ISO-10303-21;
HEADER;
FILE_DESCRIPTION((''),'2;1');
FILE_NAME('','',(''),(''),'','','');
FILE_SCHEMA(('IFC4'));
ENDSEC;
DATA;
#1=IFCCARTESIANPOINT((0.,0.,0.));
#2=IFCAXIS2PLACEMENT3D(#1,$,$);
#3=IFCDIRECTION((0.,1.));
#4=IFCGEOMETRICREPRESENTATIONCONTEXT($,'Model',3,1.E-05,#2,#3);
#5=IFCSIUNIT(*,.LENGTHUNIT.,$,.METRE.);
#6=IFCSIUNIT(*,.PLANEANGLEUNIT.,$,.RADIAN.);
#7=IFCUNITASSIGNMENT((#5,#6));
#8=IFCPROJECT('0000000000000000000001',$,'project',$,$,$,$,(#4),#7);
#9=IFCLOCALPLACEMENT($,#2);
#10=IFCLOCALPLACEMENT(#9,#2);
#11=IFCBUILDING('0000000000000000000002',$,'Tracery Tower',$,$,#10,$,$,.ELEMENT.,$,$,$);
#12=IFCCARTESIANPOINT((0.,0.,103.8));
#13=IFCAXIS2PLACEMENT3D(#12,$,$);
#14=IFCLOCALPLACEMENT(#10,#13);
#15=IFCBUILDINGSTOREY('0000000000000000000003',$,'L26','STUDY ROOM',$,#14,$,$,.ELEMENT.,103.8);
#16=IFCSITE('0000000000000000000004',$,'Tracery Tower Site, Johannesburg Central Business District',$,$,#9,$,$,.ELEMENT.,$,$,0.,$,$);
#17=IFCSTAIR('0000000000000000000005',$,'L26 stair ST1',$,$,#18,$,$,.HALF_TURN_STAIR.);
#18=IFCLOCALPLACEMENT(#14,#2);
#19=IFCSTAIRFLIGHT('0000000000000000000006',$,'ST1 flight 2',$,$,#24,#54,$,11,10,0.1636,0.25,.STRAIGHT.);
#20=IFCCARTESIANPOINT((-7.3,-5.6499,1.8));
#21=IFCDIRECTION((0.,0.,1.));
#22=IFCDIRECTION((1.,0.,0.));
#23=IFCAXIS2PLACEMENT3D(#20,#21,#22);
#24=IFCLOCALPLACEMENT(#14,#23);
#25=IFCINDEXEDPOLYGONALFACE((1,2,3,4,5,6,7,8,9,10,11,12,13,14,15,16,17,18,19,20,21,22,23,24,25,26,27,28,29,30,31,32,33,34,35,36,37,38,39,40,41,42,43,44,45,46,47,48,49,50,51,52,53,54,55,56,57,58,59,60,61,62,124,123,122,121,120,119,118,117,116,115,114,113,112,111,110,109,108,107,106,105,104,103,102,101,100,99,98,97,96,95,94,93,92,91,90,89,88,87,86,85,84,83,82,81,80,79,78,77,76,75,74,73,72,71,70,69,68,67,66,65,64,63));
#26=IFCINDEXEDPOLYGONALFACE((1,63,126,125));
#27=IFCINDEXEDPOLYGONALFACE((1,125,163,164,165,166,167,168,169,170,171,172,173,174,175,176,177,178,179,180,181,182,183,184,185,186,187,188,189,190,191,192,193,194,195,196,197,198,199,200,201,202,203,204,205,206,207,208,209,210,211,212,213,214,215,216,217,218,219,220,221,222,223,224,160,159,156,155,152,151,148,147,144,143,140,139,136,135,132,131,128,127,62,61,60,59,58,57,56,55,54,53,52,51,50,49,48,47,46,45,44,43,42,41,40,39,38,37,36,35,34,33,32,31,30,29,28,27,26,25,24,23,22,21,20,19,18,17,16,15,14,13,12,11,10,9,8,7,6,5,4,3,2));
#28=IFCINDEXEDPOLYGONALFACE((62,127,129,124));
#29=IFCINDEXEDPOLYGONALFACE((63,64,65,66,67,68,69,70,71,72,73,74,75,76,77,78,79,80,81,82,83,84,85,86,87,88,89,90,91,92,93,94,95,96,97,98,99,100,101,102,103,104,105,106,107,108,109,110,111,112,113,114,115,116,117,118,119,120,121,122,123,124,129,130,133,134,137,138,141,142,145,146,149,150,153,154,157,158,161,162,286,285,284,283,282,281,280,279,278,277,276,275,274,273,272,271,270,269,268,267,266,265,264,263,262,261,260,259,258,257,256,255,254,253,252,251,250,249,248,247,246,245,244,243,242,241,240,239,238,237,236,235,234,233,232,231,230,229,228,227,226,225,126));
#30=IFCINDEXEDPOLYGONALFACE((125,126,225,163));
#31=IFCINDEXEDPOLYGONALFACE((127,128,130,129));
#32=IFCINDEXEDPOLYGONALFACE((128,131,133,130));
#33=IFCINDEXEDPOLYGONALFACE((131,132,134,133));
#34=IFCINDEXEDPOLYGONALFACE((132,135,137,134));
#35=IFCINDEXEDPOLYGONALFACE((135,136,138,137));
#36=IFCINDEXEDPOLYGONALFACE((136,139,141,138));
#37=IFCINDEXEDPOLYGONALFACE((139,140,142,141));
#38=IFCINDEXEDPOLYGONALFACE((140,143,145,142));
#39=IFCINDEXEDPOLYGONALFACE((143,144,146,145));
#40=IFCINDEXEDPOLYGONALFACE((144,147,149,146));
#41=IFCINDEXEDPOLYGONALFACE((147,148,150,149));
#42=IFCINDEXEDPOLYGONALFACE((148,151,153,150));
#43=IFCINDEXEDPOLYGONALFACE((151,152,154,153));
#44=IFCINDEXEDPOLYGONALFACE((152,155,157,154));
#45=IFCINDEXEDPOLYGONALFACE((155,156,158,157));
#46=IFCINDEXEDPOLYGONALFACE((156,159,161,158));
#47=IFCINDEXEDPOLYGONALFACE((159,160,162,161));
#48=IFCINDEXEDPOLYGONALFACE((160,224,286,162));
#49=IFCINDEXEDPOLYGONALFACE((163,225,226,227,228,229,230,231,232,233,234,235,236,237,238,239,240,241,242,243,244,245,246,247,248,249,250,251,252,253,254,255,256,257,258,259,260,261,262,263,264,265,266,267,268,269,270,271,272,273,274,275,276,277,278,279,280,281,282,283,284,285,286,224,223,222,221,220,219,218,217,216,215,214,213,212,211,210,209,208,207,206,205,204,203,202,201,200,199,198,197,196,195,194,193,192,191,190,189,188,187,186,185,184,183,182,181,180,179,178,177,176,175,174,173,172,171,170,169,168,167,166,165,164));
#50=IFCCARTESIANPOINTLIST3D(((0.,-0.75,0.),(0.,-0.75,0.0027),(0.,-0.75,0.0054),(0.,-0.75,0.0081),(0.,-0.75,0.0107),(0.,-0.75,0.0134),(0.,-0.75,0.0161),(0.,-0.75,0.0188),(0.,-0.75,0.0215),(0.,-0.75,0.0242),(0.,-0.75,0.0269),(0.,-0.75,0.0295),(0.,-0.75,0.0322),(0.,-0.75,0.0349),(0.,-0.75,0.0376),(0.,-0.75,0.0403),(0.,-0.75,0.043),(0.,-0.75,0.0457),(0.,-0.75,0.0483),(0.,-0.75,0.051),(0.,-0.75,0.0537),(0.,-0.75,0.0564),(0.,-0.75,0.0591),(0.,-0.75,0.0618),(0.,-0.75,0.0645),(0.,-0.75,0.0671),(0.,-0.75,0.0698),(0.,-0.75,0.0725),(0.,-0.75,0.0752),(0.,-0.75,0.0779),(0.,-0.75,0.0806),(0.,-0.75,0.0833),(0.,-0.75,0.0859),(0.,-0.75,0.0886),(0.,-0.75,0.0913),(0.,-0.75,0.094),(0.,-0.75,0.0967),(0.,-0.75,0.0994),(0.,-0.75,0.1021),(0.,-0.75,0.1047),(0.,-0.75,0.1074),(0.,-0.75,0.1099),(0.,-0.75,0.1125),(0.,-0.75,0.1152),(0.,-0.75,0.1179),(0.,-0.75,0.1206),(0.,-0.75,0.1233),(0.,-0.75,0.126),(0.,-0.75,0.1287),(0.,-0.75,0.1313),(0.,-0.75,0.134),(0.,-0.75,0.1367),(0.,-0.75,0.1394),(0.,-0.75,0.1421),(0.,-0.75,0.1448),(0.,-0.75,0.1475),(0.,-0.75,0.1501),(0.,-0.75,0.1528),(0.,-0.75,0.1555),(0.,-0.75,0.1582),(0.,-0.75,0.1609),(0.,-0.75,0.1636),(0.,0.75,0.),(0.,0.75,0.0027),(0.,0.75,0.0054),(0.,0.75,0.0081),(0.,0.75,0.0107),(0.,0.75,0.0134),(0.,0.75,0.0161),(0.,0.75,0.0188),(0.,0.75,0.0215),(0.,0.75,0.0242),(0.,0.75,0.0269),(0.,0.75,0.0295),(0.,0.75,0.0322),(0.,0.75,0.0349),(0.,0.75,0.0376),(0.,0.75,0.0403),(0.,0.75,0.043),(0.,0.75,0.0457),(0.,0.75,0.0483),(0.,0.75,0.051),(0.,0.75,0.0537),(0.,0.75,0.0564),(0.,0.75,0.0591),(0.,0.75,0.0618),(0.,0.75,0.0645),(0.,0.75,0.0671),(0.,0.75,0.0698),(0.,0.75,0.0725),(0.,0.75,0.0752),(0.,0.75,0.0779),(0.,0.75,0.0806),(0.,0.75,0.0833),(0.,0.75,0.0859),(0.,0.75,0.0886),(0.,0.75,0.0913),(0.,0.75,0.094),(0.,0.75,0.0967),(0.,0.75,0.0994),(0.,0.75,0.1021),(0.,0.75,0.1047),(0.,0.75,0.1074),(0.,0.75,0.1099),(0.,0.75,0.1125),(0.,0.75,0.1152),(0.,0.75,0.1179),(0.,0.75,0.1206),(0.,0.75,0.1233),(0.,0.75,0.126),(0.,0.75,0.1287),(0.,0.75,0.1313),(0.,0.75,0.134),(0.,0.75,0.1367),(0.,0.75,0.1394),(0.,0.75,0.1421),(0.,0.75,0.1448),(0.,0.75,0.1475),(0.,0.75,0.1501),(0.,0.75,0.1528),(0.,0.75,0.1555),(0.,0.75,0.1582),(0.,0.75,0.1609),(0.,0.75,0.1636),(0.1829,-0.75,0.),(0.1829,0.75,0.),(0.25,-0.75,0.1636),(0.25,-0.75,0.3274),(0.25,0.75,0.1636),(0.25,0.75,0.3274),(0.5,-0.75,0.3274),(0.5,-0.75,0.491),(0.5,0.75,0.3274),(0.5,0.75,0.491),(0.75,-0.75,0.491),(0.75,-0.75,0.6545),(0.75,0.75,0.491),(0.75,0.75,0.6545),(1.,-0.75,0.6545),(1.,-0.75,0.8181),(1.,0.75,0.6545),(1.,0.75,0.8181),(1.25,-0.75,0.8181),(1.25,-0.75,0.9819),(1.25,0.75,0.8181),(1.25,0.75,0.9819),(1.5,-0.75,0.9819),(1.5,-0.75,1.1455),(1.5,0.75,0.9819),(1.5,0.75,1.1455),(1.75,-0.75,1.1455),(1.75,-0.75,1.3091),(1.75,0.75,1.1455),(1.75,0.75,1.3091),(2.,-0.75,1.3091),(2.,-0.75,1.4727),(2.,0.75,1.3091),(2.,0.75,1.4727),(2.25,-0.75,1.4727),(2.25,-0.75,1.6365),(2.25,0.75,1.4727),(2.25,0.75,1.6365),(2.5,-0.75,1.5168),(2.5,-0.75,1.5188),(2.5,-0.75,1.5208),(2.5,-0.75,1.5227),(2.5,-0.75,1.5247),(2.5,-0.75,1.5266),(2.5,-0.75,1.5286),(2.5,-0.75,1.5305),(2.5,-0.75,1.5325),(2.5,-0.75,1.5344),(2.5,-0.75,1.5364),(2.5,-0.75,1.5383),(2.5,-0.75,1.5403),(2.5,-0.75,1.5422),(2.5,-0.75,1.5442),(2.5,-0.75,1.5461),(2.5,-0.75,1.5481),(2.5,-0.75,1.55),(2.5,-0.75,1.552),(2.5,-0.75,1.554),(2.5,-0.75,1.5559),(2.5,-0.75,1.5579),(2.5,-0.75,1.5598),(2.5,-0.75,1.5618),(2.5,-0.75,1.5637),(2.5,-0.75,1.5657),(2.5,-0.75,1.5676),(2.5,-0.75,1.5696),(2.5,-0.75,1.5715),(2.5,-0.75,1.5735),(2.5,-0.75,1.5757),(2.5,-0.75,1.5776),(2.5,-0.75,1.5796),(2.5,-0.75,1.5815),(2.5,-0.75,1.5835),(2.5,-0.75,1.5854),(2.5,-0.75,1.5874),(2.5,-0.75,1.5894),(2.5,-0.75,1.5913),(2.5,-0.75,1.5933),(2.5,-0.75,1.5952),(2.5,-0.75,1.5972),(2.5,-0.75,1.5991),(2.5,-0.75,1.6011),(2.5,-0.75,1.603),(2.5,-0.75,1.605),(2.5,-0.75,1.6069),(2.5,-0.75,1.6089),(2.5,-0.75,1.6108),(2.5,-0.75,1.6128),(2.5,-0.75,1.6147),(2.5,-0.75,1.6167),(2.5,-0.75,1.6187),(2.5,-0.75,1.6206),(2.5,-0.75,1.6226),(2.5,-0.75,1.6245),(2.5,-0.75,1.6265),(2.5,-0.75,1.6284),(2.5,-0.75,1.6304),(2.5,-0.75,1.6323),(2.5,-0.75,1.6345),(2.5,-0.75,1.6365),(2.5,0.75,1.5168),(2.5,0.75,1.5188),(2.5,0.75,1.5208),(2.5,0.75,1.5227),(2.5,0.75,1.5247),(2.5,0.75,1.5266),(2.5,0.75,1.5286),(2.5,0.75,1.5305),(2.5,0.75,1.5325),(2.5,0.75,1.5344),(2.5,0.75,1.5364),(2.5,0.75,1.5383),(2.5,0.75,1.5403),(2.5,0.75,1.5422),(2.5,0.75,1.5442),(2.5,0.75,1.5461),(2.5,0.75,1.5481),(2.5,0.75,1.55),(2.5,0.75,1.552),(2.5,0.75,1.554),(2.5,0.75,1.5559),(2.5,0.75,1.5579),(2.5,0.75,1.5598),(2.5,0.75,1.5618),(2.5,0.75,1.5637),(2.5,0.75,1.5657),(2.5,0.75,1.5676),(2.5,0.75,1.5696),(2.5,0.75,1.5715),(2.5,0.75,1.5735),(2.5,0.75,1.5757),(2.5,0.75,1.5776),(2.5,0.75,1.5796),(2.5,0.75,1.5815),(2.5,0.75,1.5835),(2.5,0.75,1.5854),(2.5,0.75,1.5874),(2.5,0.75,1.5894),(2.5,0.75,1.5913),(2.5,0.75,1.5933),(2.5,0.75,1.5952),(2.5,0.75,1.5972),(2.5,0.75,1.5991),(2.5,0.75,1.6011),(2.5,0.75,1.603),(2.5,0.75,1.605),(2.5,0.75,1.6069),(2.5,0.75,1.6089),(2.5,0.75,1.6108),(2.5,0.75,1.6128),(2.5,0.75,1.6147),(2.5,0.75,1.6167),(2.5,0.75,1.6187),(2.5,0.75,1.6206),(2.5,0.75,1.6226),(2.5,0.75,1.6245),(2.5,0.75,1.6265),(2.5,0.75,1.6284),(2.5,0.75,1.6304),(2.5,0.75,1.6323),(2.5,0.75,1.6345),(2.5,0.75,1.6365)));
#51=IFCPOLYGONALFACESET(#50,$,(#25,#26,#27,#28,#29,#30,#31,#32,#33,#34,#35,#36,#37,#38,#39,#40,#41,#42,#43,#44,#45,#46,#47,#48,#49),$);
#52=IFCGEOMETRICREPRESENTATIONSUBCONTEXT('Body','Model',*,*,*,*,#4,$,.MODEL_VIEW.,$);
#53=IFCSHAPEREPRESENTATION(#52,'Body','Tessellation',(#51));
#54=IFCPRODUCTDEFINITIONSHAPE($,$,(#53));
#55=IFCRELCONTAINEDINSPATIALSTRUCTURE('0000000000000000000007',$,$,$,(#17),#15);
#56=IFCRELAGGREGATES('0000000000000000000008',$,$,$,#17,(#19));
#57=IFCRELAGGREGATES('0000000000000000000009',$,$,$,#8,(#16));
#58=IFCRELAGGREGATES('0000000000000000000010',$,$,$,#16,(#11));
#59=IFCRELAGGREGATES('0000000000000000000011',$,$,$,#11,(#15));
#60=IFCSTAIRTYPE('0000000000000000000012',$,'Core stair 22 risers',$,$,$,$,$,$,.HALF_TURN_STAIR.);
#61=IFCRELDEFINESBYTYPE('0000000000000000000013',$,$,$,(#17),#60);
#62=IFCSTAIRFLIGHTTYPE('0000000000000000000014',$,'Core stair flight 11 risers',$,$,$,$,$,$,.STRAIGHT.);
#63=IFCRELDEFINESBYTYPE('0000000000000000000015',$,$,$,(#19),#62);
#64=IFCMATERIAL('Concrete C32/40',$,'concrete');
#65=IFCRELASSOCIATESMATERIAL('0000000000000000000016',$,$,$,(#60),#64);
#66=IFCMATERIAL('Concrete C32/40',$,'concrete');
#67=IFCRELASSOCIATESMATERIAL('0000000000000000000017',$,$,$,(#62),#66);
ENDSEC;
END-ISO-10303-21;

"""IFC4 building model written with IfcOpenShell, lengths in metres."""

from ifc_helpers import new_model, si_unit, direction, frame, origin, place, context, subcontext, project, spatial, polyline, outline, extrude, material, type_object, element, aggregate, save


model = new_model("IFC4")

# Units and contexts
model_context = context("Model", 3, precision=1e-05, world=origin(), true_north=direction((0.0, 1.0)))
body_context = subcontext(model_context, "Body", "Model", "MODEL_VIEW")
ifc_project = project(units=[si_unit("LENGTHUNIT", "METRE"), si_unit("PLANEANGLEUNIT", "RADIAN")], contexts=[model_context])

# Site, building, storey
site_placement = place(None, origin())
site = spatial("IfcSite", under=ifc_project, at=site_placement, Name="Tracery Tower Site, Johannesburg Central Business District", CompositionType="ELEMENT", RefElevation=0.0)
building_placement = place(site_placement, origin())
building = spatial("IfcBuilding", under=site, at=building_placement, Name="Tracery Tower", CompositionType="ELEMENT")
storey_placement = place(building_placement, frame((0.0, 0.0, 103.8)))
storey = spatial("IfcBuildingStorey", under=building, at=storey_placement, Name="L26", Description="STUDY ROOM", CompositionType="ELEMENT", Elevation=103.8)

# Stair, stair flight
ifc_material_1 = material(Name="Concrete C32/40", Category="concrete")
stair_type = type_object("IfcStairType", Name="Core stair 22 risers", PredefinedType="HALF_TURN_STAIR", material=ifc_material_1)
stair_placement = place(storey_placement, origin())
stair = element("IfcStair", 1, at=stair_placement, inside=storey, type_object=stair_type, Name="L26 stair ST1", PredefinedType="HALF_TURN_STAIR")
ifc_material_2 = material(Name="Concrete C32/40", Category="concrete")
stair_flight_type = type_object("IfcStairFlightType", Name="Core stair flight 11 risers", PredefinedType="STRAIGHT", material=ifc_material_2)
stair_flight_1_placement = place(storey_placement, frame((-7.3, -5.6499, 1.8), z_axis=(0.0, 0.0, 1.0), x_axis=(1.0, 0.0, 0.0)))
stair_flight_1 = element("IfcStairFlight", 2, at=stair_flight_1_placement, type_object=stair_flight_type, Name="ST1 flight 2", NumberOfRisers=11, NumberOfTreads=10, PredefinedType="STRAIGHT", RiserHeight=0.1636, TreadLength=0.25, context=body_context, shape_type="SweptSolid", body=[
    extrude(outline(polyline([(0.0, 0.0), (0.0, 0.0027), (0.0, 0.0054), (0.0, 0.0081), (0.0, 0.0107), (0.0, 0.0134), (0.0, 0.0161), (0.0, 0.0188), (0.0, 0.0215), (0.0, 0.0242), (0.0, 0.0269), (0.0, 0.0295), (0.0, 0.0322), (0.0, 0.0349), (0.0, 0.0376), (0.0, 0.0403), (0.0, 0.043), (0.0, 0.0457), (0.0, 0.0483), (0.0, 0.051), (0.0, 0.0537), (0.0, 0.0564), (0.0, 0.0591), (0.0, 0.0618), (0.0, 0.0645), (0.0, 0.0671), (0.0, 0.0698), (0.0, 0.0725), (0.0, 0.0752), (0.0, 0.0779), (0.0, 0.0806), (0.0, 0.0833), (0.0, 0.0859), (0.0, 0.0886), (0.0, 0.0913), (0.0, 0.094), (0.0, 0.0967), (0.0, 0.0994), (0.0, 0.1021), (0.0, 0.1047), (0.0, 0.1074), (0.0, 0.1099), (0.0, 0.1125), (0.0, 0.1152), (0.0, 0.1179), (0.0, 0.1206), (0.0, 0.1233), (0.0, 0.126), (0.0, 0.1287), (0.0, 0.1313), (0.0, 0.134), (0.0, 0.1367), (0.0, 0.1394), (0.0, 0.1421), (0.0, 0.1448), (0.0, 0.1475), (0.0, 0.1501), (0.0, 0.1528), (0.0, 0.1555), (0.0, 0.1582), (0.0, 0.1609), (0.0, 0.1636), (0.25, 0.1636), (0.25, 0.3274), (0.5, 0.3274), (0.5, 0.491), (0.75, 0.491), (0.75, 0.6545), (1.0, 0.6545), (1.0, 0.8181), (1.25, 0.8181), (1.25, 0.9819), (1.5, 0.9819), (1.5, 1.1455), (1.75, 1.1455), (1.75, 1.3091), (2.0, 1.3091), (2.0, 1.4727), (2.25, 1.4727), (2.25, 1.6365), (2.5, 1.6365), (2.5, 1.6345), (2.5, 1.6323), (2.5, 1.6304), (2.5, 1.6284), (2.5, 1.6265), (2.5, 1.6245), (2.5, 1.6226), (2.5, 1.6206), (2.5, 1.6187), (2.5, 1.6167), (2.5, 1.6147), (2.5, 1.6128), (2.5, 1.6108), (2.5, 1.6089), (2.5, 1.6069), (2.5, 1.605), (2.5, 1.603), (2.5, 1.6011), (2.5, 1.5991), (2.5, 1.5972), (2.5, 1.5952), (2.5, 1.5933), (2.5, 1.5913), (2.5, 1.5894), (2.5, 1.5874), (2.5, 1.5854), (2.5, 1.5835), (2.5, 1.5815), (2.5, 1.5796), (2.5, 1.5776), (2.5, 1.5757), (2.5, 1.5735), (2.5, 1.5715), (2.5, 1.5696), (2.5, 1.5676), (2.5, 1.5657), (2.5, 1.5637), (2.5, 1.5618), (2.5, 1.5598), (2.5, 1.5579), (2.5, 1.5559), (2.5, 1.554), (2.5, 1.552), (2.5, 1.55), (2.5, 1.5481), (2.5, 1.5461), (2.5, 1.5442), (2.5, 1.5422), (2.5, 1.5403), (2.5, 1.5383), (2.5, 1.5364), (2.5, 1.5344), (2.5, 1.5325), (2.5, 1.5305), (2.5, 1.5286), (2.5, 1.5266), (2.5, 1.5247), (2.5, 1.5227), (2.5, 1.5208), (2.5, 1.5188), (2.5, 1.5168), (0.1829, 0.0), (0.0, 0.0)])), frame((0.0, 0.75, 0.0), z_axis=(0.0, -1.0, 0.0), x_axis=(1.0, 0.0, 0.0)), (0.0, 0.0, 1.0), 1.5),
])
aggregate(stair, [stair_flight_1])

save(model, "model.ifc")
